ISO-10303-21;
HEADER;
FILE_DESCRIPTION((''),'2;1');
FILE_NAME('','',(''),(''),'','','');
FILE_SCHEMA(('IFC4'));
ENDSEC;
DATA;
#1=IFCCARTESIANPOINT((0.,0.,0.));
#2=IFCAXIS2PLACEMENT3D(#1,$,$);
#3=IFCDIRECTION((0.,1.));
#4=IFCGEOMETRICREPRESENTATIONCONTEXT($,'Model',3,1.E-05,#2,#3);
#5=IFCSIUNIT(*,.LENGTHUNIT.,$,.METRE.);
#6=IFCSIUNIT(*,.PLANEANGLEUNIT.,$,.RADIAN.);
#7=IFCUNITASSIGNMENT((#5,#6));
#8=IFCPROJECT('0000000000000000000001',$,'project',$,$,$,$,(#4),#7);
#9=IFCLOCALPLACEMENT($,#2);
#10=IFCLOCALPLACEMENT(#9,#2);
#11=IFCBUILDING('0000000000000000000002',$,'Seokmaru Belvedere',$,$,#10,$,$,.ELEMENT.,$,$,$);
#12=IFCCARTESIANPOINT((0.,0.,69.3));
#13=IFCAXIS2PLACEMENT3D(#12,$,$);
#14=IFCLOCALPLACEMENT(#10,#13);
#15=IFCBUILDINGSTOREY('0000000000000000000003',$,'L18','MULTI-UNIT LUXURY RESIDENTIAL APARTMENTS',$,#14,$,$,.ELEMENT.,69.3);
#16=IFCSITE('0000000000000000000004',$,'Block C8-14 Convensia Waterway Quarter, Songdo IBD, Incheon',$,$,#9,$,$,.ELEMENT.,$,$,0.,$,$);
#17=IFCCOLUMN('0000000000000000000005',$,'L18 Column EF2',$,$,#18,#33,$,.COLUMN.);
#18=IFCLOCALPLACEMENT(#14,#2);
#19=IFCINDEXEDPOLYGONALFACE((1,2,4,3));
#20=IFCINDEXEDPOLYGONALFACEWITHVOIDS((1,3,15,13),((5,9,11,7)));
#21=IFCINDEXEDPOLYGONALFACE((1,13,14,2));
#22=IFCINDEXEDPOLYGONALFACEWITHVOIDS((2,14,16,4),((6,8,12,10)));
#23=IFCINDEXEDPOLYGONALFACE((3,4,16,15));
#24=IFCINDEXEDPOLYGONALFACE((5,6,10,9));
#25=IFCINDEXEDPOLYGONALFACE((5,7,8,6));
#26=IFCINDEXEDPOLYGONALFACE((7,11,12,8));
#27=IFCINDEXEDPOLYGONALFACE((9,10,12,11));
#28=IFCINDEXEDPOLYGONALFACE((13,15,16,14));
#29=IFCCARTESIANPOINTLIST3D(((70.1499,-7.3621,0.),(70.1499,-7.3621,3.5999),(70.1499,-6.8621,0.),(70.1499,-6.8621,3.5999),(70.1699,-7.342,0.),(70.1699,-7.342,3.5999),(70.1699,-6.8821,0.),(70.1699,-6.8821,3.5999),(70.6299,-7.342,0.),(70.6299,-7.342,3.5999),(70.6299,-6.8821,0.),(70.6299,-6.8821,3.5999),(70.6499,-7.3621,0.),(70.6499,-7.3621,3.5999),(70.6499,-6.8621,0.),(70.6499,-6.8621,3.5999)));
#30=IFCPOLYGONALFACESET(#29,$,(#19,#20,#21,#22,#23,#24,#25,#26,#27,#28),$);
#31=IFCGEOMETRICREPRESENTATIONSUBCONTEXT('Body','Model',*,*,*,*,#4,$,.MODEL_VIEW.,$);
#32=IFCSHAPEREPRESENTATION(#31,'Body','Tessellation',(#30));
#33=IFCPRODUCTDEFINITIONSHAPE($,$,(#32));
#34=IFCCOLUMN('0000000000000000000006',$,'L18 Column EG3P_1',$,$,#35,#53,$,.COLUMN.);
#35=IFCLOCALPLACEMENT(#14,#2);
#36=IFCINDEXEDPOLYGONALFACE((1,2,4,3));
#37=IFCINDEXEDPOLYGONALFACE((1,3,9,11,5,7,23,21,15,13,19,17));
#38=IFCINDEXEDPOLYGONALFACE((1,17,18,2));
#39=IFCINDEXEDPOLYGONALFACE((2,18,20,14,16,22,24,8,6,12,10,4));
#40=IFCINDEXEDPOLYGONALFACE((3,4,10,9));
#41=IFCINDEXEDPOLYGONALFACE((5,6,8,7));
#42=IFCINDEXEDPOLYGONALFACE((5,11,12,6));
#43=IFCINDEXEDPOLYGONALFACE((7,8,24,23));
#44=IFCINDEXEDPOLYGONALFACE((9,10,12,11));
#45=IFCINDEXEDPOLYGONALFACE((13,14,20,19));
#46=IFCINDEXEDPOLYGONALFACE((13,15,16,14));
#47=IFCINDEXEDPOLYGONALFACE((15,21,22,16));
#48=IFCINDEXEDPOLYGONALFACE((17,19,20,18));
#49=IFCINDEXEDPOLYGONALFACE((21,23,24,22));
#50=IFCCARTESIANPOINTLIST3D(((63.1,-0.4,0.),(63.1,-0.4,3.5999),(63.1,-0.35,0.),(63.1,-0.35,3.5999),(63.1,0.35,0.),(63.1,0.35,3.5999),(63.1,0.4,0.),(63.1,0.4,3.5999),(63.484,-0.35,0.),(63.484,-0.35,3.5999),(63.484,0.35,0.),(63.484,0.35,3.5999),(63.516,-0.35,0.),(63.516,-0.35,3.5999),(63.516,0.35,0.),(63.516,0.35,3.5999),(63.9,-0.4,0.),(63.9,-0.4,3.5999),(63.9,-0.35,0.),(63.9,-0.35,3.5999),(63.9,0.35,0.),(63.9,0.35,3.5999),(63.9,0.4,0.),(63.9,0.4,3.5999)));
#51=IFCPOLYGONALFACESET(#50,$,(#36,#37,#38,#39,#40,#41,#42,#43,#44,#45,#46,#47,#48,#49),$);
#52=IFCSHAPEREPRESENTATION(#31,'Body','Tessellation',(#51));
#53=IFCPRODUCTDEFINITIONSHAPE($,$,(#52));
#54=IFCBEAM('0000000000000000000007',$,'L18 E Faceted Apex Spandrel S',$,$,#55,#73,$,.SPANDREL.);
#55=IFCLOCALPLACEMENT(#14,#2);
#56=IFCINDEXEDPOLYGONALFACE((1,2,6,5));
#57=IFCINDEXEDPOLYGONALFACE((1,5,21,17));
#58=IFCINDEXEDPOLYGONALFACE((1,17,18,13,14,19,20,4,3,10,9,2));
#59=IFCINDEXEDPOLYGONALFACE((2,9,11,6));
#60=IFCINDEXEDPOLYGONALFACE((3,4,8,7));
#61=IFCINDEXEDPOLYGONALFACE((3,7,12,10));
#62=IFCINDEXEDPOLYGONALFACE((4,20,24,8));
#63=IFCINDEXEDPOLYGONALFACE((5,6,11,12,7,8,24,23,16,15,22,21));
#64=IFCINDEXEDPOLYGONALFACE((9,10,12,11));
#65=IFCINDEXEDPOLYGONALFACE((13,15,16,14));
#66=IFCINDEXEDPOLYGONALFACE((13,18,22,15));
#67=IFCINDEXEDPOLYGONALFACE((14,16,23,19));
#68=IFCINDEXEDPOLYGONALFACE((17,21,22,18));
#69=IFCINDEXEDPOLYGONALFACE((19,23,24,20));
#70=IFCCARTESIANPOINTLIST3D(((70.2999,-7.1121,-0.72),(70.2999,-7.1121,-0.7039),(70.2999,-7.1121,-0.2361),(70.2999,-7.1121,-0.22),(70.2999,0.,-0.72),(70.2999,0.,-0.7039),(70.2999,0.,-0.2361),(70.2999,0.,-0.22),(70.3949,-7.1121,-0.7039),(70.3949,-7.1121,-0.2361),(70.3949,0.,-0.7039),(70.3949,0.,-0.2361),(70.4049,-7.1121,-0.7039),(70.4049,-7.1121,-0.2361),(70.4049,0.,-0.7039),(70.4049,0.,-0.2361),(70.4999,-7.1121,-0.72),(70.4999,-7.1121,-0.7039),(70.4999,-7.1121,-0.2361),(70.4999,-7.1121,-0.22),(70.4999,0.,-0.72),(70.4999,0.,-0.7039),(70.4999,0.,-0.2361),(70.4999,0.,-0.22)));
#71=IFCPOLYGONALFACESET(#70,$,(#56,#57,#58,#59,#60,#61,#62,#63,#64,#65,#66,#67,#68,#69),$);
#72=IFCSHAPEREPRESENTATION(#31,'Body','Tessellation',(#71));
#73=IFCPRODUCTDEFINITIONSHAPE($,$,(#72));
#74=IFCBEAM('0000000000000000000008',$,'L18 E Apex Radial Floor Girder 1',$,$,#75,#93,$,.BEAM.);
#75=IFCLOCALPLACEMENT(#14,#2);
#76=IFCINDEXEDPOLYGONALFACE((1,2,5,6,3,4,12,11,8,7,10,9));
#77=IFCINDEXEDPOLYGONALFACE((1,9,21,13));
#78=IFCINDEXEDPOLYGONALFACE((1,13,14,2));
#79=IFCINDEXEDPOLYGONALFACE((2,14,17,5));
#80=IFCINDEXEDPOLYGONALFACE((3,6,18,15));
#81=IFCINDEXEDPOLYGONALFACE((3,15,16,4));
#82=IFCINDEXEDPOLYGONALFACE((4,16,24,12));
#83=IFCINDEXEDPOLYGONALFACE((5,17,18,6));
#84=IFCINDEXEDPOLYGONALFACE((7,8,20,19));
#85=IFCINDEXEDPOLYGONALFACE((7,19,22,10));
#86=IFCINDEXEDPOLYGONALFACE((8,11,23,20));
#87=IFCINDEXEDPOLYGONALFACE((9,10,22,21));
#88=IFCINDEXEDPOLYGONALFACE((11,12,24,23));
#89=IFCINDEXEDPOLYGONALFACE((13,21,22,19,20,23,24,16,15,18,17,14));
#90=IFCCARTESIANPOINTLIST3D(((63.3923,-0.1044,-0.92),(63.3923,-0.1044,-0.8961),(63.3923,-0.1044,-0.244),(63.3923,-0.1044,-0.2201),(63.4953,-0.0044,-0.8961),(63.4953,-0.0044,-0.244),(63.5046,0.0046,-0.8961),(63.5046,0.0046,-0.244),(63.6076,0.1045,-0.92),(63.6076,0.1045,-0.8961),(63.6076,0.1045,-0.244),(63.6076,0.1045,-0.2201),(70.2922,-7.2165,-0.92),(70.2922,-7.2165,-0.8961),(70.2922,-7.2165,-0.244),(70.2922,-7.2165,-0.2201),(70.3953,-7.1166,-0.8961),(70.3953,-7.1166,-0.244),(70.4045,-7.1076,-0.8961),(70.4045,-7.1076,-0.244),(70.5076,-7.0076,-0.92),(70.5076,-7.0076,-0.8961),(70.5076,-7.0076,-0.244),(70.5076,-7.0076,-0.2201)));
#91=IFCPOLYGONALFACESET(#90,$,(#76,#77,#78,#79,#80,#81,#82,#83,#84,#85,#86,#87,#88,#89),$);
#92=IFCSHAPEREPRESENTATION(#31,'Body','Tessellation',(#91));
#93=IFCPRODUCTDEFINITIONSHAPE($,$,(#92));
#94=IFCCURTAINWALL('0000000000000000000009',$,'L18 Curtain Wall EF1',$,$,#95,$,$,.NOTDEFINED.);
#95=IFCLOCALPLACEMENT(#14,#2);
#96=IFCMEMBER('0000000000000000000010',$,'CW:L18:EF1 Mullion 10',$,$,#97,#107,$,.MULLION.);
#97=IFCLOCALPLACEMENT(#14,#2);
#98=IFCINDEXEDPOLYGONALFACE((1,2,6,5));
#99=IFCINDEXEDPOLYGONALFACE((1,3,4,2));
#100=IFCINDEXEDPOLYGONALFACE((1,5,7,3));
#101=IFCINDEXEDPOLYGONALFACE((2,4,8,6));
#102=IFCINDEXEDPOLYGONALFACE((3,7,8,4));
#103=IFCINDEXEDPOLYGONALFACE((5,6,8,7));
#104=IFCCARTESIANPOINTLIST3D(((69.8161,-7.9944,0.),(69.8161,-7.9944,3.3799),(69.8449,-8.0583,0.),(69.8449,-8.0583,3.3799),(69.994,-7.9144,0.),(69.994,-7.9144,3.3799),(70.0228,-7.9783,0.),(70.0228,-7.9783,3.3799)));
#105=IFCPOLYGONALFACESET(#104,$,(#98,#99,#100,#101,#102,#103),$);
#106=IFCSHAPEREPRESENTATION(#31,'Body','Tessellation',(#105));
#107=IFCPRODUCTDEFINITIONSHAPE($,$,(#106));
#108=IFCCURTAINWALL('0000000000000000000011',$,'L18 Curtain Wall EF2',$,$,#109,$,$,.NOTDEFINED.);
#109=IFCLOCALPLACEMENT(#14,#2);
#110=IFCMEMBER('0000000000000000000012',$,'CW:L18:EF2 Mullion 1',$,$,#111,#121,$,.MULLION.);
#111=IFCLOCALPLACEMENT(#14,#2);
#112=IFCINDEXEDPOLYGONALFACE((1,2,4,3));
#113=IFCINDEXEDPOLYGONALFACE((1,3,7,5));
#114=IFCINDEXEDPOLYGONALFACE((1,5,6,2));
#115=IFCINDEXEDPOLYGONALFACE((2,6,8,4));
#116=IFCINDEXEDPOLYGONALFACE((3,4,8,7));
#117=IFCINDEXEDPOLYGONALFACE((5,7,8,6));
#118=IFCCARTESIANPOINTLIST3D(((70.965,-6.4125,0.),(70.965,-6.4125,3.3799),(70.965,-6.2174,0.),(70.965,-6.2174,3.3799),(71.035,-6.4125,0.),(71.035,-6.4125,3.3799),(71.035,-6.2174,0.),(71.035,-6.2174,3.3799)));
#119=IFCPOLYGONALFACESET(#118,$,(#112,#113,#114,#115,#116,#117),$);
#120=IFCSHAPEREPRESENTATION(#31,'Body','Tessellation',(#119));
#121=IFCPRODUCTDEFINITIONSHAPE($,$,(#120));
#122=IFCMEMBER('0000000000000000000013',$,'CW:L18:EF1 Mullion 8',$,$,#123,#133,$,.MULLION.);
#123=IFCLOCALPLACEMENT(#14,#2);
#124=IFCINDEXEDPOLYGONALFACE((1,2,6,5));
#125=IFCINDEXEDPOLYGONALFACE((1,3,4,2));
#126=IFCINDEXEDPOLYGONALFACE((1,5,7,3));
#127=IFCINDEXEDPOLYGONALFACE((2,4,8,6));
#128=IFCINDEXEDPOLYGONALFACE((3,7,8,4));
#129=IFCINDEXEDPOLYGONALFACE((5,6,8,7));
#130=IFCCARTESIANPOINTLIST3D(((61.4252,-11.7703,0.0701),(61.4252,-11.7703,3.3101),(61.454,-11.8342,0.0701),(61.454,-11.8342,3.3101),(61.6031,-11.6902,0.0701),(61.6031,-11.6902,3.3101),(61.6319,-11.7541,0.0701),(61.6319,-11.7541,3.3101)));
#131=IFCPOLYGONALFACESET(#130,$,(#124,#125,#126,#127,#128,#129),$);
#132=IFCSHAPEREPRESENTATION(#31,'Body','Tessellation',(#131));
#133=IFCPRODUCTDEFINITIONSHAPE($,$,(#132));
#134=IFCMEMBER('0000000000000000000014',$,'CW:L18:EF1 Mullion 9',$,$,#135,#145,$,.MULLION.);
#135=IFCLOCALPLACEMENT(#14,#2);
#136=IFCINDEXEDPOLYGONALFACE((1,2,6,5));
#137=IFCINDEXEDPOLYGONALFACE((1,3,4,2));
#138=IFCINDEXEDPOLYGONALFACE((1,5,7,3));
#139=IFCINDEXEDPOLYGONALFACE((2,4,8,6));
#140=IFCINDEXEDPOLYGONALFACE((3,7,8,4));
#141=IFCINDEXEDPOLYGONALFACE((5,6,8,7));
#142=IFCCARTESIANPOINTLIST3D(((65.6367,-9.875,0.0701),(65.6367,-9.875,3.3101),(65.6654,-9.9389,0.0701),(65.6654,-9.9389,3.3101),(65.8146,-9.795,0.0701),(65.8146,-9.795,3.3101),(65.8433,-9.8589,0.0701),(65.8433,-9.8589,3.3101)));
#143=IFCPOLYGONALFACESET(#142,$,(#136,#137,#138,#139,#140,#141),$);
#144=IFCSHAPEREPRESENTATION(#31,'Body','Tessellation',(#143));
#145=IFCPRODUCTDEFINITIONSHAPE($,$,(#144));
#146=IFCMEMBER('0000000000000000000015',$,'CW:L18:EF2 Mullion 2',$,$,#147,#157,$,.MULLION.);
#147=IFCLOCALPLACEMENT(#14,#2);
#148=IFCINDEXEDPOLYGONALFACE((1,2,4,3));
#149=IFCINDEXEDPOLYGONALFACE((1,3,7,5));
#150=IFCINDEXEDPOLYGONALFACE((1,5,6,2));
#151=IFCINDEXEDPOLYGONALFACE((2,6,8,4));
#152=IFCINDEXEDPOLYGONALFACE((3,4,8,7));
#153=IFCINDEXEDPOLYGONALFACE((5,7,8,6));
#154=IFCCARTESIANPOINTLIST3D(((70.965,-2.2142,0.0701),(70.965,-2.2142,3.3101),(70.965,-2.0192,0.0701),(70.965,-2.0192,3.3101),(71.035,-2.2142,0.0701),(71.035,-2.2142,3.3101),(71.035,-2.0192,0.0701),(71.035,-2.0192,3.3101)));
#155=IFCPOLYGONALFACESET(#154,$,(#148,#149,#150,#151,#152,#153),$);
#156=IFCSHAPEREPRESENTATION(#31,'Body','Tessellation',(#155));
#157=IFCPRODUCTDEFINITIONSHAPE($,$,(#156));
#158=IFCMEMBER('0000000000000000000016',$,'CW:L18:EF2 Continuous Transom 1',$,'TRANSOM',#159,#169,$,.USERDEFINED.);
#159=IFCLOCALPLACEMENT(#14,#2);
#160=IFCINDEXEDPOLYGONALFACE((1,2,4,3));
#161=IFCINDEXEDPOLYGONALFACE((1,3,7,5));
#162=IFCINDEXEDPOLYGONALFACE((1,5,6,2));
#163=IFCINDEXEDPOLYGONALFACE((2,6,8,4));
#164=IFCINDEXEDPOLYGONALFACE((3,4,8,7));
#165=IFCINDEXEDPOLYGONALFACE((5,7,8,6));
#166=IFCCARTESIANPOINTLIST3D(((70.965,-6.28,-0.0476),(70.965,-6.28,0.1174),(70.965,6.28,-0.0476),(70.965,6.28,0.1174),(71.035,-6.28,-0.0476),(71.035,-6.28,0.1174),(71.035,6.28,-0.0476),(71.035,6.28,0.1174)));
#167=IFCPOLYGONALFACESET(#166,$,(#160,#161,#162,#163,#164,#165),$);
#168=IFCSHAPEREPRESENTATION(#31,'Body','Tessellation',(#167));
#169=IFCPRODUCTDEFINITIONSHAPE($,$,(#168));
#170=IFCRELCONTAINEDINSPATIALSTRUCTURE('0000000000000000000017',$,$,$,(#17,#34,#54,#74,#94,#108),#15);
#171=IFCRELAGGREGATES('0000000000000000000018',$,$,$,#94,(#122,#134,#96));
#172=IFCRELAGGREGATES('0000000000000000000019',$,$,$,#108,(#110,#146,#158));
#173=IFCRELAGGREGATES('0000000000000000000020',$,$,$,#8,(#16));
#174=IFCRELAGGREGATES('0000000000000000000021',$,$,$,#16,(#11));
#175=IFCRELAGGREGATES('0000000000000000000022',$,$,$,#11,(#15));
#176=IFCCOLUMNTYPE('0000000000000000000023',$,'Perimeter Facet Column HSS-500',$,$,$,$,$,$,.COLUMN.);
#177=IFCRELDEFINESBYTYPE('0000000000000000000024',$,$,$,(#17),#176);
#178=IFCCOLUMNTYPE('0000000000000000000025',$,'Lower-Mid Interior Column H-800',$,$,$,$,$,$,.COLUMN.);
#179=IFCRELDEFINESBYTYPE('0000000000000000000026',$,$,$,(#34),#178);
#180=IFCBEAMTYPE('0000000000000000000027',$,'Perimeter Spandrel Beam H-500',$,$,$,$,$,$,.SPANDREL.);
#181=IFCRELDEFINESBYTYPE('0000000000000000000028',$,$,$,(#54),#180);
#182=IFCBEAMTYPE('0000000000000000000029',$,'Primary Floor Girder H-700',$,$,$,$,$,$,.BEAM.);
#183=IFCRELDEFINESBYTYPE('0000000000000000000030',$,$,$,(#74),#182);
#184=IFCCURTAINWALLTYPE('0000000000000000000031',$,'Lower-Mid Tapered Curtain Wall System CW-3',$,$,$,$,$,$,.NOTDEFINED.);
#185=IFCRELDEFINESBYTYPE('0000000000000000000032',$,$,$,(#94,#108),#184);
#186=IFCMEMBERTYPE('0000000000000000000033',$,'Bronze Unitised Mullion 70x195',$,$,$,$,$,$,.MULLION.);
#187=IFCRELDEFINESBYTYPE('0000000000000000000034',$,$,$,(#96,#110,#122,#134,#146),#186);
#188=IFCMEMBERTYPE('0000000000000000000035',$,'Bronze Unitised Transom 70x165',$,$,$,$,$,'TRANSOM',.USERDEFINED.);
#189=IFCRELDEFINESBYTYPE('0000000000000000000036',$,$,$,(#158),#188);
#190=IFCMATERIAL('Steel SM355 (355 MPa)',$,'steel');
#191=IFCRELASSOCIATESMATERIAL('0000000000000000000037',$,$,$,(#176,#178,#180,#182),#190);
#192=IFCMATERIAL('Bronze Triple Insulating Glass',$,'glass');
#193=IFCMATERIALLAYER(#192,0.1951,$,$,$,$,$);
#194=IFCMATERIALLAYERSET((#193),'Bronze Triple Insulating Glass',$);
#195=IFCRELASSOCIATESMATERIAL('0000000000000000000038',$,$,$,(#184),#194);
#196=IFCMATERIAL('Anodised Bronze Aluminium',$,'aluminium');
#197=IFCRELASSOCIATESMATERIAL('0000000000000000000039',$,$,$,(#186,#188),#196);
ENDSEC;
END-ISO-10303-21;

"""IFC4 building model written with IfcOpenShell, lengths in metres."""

from ifc_helpers import new_model, si_unit, direction, frame, origin, origin_2d, place, context, subcontext, project, spatial, rectangle, hollow_rectangle, i_section, extrude, source, transform, mapped, material, layer, layer_set, material_profile, profile_set, type_object, type_shapes, element, aggregate, save


model = new_model("IFC4")

# Units and contexts
model_context = context("Model", 3, precision=1e-05, world=origin(), true_north=direction((0.0, 1.0)))
body_context = subcontext(model_context, "Body", "Model", "MODEL_VIEW")
ifc_project = project(units=[si_unit("LENGTHUNIT", "METRE"), si_unit("PLANEANGLEUNIT", "RADIAN")], contexts=[model_context])

# Site, building, storey
site_placement = place(None, origin())
site = spatial("IfcSite", under=ifc_project, at=site_placement, Name="Block C8-14 Convensia Waterway Quarter, Songdo IBD, Incheon", CompositionType="ELEMENT", RefElevation=0.0)
building_placement = place(site_placement, origin())
building = spatial("IfcBuilding", under=site, at=building_placement, Name="Seokmaru Belvedere", CompositionType="ELEMENT")
storey_placement = place(building_placement, frame((0.0, 0.0, 69.3)))
storey = spatial("IfcBuildingStorey", under=building, at=storey_placement, Name="L18", Description="MULTI-UNIT LUXURY RESIDENTIAL APARTMENTS", CompositionType="ELEMENT", Elevation=69.3)

# Columns
ifc_material_1 = material(Name="Steel SM355 (355 MPa)", Category="steel")
ifc_material_profile_1 = material_profile(ifc_material_1, hollow_rectangle(XDim=0.5, YDim=0.5, WallThickness=0.02, at=origin_2d()), Name="HSS-500x500x20")
ifc_profile_set_1 = profile_set([ifc_material_profile_1], Name="Steel SM355 (355 MPa)")
column_type_1 = type_object("IfcColumnType", Name="Perimeter Facet Column HSS-500", PredefinedType="COLUMN", material=ifc_profile_set_1)
shared_shape_1 = source(origin(), body_context, "Body", "SweptSolid", [
    extrude(hollow_rectangle(XDim=0.5, YDim=0.5, WallThickness=0.02, at=origin_2d()), origin(), (0.0, 0.0, 1.0), 3.5999),
])
type_shapes(column_type_1, [shared_shape_1])
column_1_placement = place(storey_placement, frame((70.3999, -7.1121, 0.0), z_axis=(0.0, 0.0, 1.0), x_axis=(1.0, 0.0, 0.0)))
element("IfcColumn", 1, at=column_1_placement, inside=storey, type_object=column_type_1, Name="L18 Column EF2", PredefinedType="COLUMN", context=body_context, shape_type="MappedRepresentation", body=[
    mapped(shared_shape_1, transform((0.0, 0.0, 0.0), scale=1.0)),
])
ifc_material_profile_2 = material_profile(ifc_material_1, i_section(OverallWidth=0.8, OverallDepth=0.8, WebThickness=0.032, FlangeThickness=0.05, at=origin_2d()), Name="H-800x800x32x50")
ifc_profile_set_2 = profile_set([ifc_material_profile_2], Name="Steel SM355 (355 MPa)")
column_type_2 = type_object("IfcColumnType", Name="Lower-Mid Interior Column H-800", PredefinedType="COLUMN", material=ifc_profile_set_2)
shared_shape_2 = source(origin(), body_context, "Body", "SweptSolid", [
    extrude(i_section(OverallWidth=0.8, OverallDepth=0.8, WebThickness=0.032, FlangeThickness=0.05, at=origin_2d()), origin(), (0.0, 0.0, 1.0), 3.5999),
])
type_shapes(column_type_2, [shared_shape_2])
column_2_placement = place(storey_placement, frame((63.5, 0.0, 0.0), z_axis=(0.0, 0.0, 1.0), x_axis=(1.0, 0.0, 0.0)))
element("IfcColumn", 2, at=column_2_placement, inside=storey, type_object=column_type_2, Name="L18 Column EG3P_1", PredefinedType="COLUMN", context=body_context, shape_type="MappedRepresentation", body=[
    mapped(shared_shape_2, transform((0.0, 0.0, 0.0), scale=1.0)),
])

# Beams
ifc_material_profile_3 = material_profile(ifc_material_1, i_section(OverallWidth=0.2, OverallDepth=0.5, WebThickness=0.01, FlangeThickness=0.0161, at=origin_2d()), Name="H-500x200x10x16")
ifc_profile_set_3 = profile_set([ifc_material_profile_3], Name="Steel SM355 (355 MPa)")
beam_type_1 = type_object("IfcBeamType", Name="Perimeter Spandrel Beam H-500", PredefinedType="SPANDREL", material=ifc_profile_set_3)
shared_shape_3 = source(origin(), body_context, "Body", "SweptSolid", [
    extrude(i_section(OverallWidth=0.2, OverallDepth=0.5, WebThickness=0.01, FlangeThickness=0.0161, at=origin_2d()), origin(), (0.0, 0.0, 1.0), 7.1121),
])
type_shapes(beam_type_1, [shared_shape_3])
beam_1_placement = place(storey_placement, frame((70.3999, -7.1121, -0.47), z_axis=(0.0, 1.0, 0.0), x_axis=(-1.0, 0.0, 0.0)))
element("IfcBeam", 3, at=beam_1_placement, inside=storey, type_object=beam_type_1, Name="L18 E Faceted Apex Spandrel S", PredefinedType="SPANDREL", context=body_context, shape_type="MappedRepresentation", body=[
    mapped(shared_shape_3, transform((0.0, 0.0, 0.0), scale=1.0)),
])
ifc_material_profile_4 = material_profile(ifc_material_1, i_section(OverallWidth=0.3, OverallDepth=0.7, WebThickness=0.0129, FlangeThickness=0.0239, at=origin_2d()), Name="H-700x300x13x24")
ifc_profile_set_4 = profile_set([ifc_material_profile_4], Name="Steel SM355 (355 MPa)")
beam_type_2 = type_object("IfcBeamType", Name="Primary Floor Girder H-700", PredefinedType="BEAM", material=ifc_profile_set_4)
shared_shape_4 = source(origin(), body_context, "Body", "SweptSolid", [
    extrude(i_section(OverallWidth=0.3, OverallDepth=0.7, WebThickness=0.0129, FlangeThickness=0.0239, at=origin_2d()), origin(), (0.0, 0.0, 1.0), 9.9092),
])
type_shapes(beam_type_2, [shared_shape_4])
beam_2_placement = place(storey_placement, frame((70.3999, -7.1121, -0.5701), z_axis=(-0.696321, 0.717731, 0.0), x_axis=(-0.717731, -0.696321, 0.0)))
element("IfcBeam", 4, at=beam_2_placement, inside=storey, type_object=beam_type_2, Name="L18 E Apex Radial Floor Girder 1", PredefinedType="BEAM", context=body_context, shape_type="MappedRepresentation", body=[
    mapped(shared_shape_4, transform((0.0, 0.0, 0.0), scale=1.0)),
])

# Curtain walls, members
ifc_material_2 = material(Name="Bronze Triple Insulating Glass", Category="glass")
ifc_layer_1 = layer(ifc_material_2, 0.1951)
ifc_layer_set_1 = layer_set([ifc_layer_1], Name="Bronze Triple Insulating Glass")
curtain_wall_type = type_object("IfcCurtainWallType", Name="Lower-Mid Tapered Curtain Wall System CW-3", PredefinedType="NOTDEFINED", material=ifc_layer_set_1)
curtain_wall_1_placement = place(storey_placement, origin())
curtain_wall_1 = element("IfcCurtainWall", 5, at=curtain_wall_1_placement, inside=storey, type_object=curtain_wall_type, Name="L18 Curtain Wall EF1", PredefinedType="NOTDEFINED")
ifc_material_3 = material(Name="Anodised Bronze Aluminium", Category="aluminium")
ifc_material_profile_5 = material_profile(ifc_material_3, rectangle(XDim=0.0701, YDim=0.1951, at=origin_2d()), Name="CW-M-70x195")
ifc_profile_set_5 = profile_set([ifc_material_profile_5], Name="Anodised Bronze Aluminium")
member_type_1 = type_object("IfcMemberType", Name="Bronze Unitised Mullion 70x195", PredefinedType="MULLION", material=ifc_profile_set_5)
shared_shape_5 = source(origin(), body_context, "Body", "SweptSolid", [
    extrude(rectangle(XDim=0.0701, YDim=0.1951, at=origin_2d()), origin(), (0.0, 0.0, 1.0), 3.3799),
])
member_1_placement = place(storey_placement, frame((69.9194, -7.9863, 0.0), z_axis=(0.0, 0.0, 1.0), x_axis=(-0.410366, 0.911921, 0.0)))
member_1 = element("IfcMember", 6, at=member_1_placement, type_object=member_type_1, Name="CW:L18:EF1 Mullion 10", PredefinedType="MULLION", context=body_context, shape_type="MappedRepresentation", body=[
    mapped(shared_shape_5, transform((0.0, 0.0, 0.0), scale=1.0)),
])
curtain_wall_2_placement = place(storey_placement, origin())
curtain_wall_2 = element("IfcCurtainWall", 7, at=curtain_wall_2_placement, inside=storey, type_object=curtain_wall_type, Name="L18 Curtain Wall EF2", PredefinedType="NOTDEFINED")
member_2_placement = place(storey_placement, frame((71.0, -6.3149, 0.0), z_axis=(0.0, 0.0, 1.0), x_axis=(-1.0, 0.0, 0.0)))
member_2 = element("IfcMember", 8, at=member_2_placement, type_object=member_type_1, Name="CW:L18:EF2 Mullion 1", PredefinedType="MULLION", context=body_context, shape_type="MappedRepresentation", body=[
    mapped(shared_shape_5, transform((0.0, 0.0, 0.0), scale=1.0)),
])

# Members
shared_shape_6 = source(origin(), body_context, "Body", "SweptSolid", [
    extrude(rectangle(XDim=0.0701, YDim=0.1951, at=origin_2d()), origin(), (0.0, 0.0, 1.0), 3.24),
])
type_shapes(member_type_1, [shared_shape_5, shared_shape_6])
member_3_placement = place(storey_placement, frame((61.5286, -11.7622, 0.0701), z_axis=(0.0, 0.0, 1.0), x_axis=(-0.410366, 0.911921, 0.0)))
member_3 = element("IfcMember", 9, at=member_3_placement, type_object=member_type_1, Name="CW:L18:EF1 Mullion 8", PredefinedType="MULLION", context=body_context, shape_type="MappedRepresentation", body=[
    mapped(shared_shape_6, transform((0.0, 0.0, 0.0), scale=1.0)),
])
member_4_placement = place(storey_placement, frame((65.74, -9.8669, 0.0701), z_axis=(0.0, 0.0, 1.0), x_axis=(-0.410366, 0.911921, 0.0)))
member_4 = element("IfcMember", 10, at=member_4_placement, type_object=member_type_1, Name="CW:L18:EF1 Mullion 9", PredefinedType="MULLION", context=body_context, shape_type="MappedRepresentation", body=[
    mapped(shared_shape_6, transform((0.0, 0.0, 0.0), scale=1.0)),
])
member_5_placement = place(storey_placement, frame((71.0, -2.1167, 0.0701), z_axis=(0.0, 0.0, 1.0), x_axis=(-1.0, 0.0, 0.0)))
member_5 = element("IfcMember", 11, at=member_5_placement, type_object=member_type_1, Name="CW:L18:EF2 Mullion 2", PredefinedType="MULLION", context=body_context, shape_type="MappedRepresentation", body=[
    mapped(shared_shape_6, transform((0.0, 0.0, 0.0), scale=1.0)),
])
ifc_material_profile_6 = material_profile(ifc_material_3, rectangle(XDim=0.0701, YDim=0.165, at=origin_2d()), Name="CW-T-70x165")
ifc_profile_set_6 = profile_set([ifc_material_profile_6], Name="Anodised Bronze Aluminium")
member_type_2 = type_object("IfcMemberType", Name="Bronze Unitised Transom 70x165", ElementType="TRANSOM", PredefinedType="USERDEFINED", material=ifc_profile_set_6)
shared_shape_7 = source(origin(), body_context, "Body", "SweptSolid", [
    extrude(rectangle(XDim=0.0701, YDim=0.165, at=origin_2d()), origin(), (0.0, 0.0, 1.0), 12.5601),
])
type_shapes(member_type_2, [shared_shape_7])
member_6_placement = place(storey_placement, frame((71.0, -6.28, 0.0349), z_axis=(0.0, 1.0, 0.0), x_axis=(-1.0, 0.0, 0.0)))
member_6 = element("IfcMember", 12, at=member_6_placement, type_object=member_type_2, Name="CW:L18:EF2 Continuous Transom 1", ObjectType="TRANSOM", PredefinedType="USERDEFINED", context=body_context, shape_type="MappedRepresentation", body=[
    mapped(shared_shape_7, transform((0.0, 0.0, 0.0), scale=1.0)),
])

aggregate(curtain_wall_1, [member_3, member_4, member_1])
aggregate(curtain_wall_2, [member_2, member_5, member_6])

save(model, "model.ifc")
